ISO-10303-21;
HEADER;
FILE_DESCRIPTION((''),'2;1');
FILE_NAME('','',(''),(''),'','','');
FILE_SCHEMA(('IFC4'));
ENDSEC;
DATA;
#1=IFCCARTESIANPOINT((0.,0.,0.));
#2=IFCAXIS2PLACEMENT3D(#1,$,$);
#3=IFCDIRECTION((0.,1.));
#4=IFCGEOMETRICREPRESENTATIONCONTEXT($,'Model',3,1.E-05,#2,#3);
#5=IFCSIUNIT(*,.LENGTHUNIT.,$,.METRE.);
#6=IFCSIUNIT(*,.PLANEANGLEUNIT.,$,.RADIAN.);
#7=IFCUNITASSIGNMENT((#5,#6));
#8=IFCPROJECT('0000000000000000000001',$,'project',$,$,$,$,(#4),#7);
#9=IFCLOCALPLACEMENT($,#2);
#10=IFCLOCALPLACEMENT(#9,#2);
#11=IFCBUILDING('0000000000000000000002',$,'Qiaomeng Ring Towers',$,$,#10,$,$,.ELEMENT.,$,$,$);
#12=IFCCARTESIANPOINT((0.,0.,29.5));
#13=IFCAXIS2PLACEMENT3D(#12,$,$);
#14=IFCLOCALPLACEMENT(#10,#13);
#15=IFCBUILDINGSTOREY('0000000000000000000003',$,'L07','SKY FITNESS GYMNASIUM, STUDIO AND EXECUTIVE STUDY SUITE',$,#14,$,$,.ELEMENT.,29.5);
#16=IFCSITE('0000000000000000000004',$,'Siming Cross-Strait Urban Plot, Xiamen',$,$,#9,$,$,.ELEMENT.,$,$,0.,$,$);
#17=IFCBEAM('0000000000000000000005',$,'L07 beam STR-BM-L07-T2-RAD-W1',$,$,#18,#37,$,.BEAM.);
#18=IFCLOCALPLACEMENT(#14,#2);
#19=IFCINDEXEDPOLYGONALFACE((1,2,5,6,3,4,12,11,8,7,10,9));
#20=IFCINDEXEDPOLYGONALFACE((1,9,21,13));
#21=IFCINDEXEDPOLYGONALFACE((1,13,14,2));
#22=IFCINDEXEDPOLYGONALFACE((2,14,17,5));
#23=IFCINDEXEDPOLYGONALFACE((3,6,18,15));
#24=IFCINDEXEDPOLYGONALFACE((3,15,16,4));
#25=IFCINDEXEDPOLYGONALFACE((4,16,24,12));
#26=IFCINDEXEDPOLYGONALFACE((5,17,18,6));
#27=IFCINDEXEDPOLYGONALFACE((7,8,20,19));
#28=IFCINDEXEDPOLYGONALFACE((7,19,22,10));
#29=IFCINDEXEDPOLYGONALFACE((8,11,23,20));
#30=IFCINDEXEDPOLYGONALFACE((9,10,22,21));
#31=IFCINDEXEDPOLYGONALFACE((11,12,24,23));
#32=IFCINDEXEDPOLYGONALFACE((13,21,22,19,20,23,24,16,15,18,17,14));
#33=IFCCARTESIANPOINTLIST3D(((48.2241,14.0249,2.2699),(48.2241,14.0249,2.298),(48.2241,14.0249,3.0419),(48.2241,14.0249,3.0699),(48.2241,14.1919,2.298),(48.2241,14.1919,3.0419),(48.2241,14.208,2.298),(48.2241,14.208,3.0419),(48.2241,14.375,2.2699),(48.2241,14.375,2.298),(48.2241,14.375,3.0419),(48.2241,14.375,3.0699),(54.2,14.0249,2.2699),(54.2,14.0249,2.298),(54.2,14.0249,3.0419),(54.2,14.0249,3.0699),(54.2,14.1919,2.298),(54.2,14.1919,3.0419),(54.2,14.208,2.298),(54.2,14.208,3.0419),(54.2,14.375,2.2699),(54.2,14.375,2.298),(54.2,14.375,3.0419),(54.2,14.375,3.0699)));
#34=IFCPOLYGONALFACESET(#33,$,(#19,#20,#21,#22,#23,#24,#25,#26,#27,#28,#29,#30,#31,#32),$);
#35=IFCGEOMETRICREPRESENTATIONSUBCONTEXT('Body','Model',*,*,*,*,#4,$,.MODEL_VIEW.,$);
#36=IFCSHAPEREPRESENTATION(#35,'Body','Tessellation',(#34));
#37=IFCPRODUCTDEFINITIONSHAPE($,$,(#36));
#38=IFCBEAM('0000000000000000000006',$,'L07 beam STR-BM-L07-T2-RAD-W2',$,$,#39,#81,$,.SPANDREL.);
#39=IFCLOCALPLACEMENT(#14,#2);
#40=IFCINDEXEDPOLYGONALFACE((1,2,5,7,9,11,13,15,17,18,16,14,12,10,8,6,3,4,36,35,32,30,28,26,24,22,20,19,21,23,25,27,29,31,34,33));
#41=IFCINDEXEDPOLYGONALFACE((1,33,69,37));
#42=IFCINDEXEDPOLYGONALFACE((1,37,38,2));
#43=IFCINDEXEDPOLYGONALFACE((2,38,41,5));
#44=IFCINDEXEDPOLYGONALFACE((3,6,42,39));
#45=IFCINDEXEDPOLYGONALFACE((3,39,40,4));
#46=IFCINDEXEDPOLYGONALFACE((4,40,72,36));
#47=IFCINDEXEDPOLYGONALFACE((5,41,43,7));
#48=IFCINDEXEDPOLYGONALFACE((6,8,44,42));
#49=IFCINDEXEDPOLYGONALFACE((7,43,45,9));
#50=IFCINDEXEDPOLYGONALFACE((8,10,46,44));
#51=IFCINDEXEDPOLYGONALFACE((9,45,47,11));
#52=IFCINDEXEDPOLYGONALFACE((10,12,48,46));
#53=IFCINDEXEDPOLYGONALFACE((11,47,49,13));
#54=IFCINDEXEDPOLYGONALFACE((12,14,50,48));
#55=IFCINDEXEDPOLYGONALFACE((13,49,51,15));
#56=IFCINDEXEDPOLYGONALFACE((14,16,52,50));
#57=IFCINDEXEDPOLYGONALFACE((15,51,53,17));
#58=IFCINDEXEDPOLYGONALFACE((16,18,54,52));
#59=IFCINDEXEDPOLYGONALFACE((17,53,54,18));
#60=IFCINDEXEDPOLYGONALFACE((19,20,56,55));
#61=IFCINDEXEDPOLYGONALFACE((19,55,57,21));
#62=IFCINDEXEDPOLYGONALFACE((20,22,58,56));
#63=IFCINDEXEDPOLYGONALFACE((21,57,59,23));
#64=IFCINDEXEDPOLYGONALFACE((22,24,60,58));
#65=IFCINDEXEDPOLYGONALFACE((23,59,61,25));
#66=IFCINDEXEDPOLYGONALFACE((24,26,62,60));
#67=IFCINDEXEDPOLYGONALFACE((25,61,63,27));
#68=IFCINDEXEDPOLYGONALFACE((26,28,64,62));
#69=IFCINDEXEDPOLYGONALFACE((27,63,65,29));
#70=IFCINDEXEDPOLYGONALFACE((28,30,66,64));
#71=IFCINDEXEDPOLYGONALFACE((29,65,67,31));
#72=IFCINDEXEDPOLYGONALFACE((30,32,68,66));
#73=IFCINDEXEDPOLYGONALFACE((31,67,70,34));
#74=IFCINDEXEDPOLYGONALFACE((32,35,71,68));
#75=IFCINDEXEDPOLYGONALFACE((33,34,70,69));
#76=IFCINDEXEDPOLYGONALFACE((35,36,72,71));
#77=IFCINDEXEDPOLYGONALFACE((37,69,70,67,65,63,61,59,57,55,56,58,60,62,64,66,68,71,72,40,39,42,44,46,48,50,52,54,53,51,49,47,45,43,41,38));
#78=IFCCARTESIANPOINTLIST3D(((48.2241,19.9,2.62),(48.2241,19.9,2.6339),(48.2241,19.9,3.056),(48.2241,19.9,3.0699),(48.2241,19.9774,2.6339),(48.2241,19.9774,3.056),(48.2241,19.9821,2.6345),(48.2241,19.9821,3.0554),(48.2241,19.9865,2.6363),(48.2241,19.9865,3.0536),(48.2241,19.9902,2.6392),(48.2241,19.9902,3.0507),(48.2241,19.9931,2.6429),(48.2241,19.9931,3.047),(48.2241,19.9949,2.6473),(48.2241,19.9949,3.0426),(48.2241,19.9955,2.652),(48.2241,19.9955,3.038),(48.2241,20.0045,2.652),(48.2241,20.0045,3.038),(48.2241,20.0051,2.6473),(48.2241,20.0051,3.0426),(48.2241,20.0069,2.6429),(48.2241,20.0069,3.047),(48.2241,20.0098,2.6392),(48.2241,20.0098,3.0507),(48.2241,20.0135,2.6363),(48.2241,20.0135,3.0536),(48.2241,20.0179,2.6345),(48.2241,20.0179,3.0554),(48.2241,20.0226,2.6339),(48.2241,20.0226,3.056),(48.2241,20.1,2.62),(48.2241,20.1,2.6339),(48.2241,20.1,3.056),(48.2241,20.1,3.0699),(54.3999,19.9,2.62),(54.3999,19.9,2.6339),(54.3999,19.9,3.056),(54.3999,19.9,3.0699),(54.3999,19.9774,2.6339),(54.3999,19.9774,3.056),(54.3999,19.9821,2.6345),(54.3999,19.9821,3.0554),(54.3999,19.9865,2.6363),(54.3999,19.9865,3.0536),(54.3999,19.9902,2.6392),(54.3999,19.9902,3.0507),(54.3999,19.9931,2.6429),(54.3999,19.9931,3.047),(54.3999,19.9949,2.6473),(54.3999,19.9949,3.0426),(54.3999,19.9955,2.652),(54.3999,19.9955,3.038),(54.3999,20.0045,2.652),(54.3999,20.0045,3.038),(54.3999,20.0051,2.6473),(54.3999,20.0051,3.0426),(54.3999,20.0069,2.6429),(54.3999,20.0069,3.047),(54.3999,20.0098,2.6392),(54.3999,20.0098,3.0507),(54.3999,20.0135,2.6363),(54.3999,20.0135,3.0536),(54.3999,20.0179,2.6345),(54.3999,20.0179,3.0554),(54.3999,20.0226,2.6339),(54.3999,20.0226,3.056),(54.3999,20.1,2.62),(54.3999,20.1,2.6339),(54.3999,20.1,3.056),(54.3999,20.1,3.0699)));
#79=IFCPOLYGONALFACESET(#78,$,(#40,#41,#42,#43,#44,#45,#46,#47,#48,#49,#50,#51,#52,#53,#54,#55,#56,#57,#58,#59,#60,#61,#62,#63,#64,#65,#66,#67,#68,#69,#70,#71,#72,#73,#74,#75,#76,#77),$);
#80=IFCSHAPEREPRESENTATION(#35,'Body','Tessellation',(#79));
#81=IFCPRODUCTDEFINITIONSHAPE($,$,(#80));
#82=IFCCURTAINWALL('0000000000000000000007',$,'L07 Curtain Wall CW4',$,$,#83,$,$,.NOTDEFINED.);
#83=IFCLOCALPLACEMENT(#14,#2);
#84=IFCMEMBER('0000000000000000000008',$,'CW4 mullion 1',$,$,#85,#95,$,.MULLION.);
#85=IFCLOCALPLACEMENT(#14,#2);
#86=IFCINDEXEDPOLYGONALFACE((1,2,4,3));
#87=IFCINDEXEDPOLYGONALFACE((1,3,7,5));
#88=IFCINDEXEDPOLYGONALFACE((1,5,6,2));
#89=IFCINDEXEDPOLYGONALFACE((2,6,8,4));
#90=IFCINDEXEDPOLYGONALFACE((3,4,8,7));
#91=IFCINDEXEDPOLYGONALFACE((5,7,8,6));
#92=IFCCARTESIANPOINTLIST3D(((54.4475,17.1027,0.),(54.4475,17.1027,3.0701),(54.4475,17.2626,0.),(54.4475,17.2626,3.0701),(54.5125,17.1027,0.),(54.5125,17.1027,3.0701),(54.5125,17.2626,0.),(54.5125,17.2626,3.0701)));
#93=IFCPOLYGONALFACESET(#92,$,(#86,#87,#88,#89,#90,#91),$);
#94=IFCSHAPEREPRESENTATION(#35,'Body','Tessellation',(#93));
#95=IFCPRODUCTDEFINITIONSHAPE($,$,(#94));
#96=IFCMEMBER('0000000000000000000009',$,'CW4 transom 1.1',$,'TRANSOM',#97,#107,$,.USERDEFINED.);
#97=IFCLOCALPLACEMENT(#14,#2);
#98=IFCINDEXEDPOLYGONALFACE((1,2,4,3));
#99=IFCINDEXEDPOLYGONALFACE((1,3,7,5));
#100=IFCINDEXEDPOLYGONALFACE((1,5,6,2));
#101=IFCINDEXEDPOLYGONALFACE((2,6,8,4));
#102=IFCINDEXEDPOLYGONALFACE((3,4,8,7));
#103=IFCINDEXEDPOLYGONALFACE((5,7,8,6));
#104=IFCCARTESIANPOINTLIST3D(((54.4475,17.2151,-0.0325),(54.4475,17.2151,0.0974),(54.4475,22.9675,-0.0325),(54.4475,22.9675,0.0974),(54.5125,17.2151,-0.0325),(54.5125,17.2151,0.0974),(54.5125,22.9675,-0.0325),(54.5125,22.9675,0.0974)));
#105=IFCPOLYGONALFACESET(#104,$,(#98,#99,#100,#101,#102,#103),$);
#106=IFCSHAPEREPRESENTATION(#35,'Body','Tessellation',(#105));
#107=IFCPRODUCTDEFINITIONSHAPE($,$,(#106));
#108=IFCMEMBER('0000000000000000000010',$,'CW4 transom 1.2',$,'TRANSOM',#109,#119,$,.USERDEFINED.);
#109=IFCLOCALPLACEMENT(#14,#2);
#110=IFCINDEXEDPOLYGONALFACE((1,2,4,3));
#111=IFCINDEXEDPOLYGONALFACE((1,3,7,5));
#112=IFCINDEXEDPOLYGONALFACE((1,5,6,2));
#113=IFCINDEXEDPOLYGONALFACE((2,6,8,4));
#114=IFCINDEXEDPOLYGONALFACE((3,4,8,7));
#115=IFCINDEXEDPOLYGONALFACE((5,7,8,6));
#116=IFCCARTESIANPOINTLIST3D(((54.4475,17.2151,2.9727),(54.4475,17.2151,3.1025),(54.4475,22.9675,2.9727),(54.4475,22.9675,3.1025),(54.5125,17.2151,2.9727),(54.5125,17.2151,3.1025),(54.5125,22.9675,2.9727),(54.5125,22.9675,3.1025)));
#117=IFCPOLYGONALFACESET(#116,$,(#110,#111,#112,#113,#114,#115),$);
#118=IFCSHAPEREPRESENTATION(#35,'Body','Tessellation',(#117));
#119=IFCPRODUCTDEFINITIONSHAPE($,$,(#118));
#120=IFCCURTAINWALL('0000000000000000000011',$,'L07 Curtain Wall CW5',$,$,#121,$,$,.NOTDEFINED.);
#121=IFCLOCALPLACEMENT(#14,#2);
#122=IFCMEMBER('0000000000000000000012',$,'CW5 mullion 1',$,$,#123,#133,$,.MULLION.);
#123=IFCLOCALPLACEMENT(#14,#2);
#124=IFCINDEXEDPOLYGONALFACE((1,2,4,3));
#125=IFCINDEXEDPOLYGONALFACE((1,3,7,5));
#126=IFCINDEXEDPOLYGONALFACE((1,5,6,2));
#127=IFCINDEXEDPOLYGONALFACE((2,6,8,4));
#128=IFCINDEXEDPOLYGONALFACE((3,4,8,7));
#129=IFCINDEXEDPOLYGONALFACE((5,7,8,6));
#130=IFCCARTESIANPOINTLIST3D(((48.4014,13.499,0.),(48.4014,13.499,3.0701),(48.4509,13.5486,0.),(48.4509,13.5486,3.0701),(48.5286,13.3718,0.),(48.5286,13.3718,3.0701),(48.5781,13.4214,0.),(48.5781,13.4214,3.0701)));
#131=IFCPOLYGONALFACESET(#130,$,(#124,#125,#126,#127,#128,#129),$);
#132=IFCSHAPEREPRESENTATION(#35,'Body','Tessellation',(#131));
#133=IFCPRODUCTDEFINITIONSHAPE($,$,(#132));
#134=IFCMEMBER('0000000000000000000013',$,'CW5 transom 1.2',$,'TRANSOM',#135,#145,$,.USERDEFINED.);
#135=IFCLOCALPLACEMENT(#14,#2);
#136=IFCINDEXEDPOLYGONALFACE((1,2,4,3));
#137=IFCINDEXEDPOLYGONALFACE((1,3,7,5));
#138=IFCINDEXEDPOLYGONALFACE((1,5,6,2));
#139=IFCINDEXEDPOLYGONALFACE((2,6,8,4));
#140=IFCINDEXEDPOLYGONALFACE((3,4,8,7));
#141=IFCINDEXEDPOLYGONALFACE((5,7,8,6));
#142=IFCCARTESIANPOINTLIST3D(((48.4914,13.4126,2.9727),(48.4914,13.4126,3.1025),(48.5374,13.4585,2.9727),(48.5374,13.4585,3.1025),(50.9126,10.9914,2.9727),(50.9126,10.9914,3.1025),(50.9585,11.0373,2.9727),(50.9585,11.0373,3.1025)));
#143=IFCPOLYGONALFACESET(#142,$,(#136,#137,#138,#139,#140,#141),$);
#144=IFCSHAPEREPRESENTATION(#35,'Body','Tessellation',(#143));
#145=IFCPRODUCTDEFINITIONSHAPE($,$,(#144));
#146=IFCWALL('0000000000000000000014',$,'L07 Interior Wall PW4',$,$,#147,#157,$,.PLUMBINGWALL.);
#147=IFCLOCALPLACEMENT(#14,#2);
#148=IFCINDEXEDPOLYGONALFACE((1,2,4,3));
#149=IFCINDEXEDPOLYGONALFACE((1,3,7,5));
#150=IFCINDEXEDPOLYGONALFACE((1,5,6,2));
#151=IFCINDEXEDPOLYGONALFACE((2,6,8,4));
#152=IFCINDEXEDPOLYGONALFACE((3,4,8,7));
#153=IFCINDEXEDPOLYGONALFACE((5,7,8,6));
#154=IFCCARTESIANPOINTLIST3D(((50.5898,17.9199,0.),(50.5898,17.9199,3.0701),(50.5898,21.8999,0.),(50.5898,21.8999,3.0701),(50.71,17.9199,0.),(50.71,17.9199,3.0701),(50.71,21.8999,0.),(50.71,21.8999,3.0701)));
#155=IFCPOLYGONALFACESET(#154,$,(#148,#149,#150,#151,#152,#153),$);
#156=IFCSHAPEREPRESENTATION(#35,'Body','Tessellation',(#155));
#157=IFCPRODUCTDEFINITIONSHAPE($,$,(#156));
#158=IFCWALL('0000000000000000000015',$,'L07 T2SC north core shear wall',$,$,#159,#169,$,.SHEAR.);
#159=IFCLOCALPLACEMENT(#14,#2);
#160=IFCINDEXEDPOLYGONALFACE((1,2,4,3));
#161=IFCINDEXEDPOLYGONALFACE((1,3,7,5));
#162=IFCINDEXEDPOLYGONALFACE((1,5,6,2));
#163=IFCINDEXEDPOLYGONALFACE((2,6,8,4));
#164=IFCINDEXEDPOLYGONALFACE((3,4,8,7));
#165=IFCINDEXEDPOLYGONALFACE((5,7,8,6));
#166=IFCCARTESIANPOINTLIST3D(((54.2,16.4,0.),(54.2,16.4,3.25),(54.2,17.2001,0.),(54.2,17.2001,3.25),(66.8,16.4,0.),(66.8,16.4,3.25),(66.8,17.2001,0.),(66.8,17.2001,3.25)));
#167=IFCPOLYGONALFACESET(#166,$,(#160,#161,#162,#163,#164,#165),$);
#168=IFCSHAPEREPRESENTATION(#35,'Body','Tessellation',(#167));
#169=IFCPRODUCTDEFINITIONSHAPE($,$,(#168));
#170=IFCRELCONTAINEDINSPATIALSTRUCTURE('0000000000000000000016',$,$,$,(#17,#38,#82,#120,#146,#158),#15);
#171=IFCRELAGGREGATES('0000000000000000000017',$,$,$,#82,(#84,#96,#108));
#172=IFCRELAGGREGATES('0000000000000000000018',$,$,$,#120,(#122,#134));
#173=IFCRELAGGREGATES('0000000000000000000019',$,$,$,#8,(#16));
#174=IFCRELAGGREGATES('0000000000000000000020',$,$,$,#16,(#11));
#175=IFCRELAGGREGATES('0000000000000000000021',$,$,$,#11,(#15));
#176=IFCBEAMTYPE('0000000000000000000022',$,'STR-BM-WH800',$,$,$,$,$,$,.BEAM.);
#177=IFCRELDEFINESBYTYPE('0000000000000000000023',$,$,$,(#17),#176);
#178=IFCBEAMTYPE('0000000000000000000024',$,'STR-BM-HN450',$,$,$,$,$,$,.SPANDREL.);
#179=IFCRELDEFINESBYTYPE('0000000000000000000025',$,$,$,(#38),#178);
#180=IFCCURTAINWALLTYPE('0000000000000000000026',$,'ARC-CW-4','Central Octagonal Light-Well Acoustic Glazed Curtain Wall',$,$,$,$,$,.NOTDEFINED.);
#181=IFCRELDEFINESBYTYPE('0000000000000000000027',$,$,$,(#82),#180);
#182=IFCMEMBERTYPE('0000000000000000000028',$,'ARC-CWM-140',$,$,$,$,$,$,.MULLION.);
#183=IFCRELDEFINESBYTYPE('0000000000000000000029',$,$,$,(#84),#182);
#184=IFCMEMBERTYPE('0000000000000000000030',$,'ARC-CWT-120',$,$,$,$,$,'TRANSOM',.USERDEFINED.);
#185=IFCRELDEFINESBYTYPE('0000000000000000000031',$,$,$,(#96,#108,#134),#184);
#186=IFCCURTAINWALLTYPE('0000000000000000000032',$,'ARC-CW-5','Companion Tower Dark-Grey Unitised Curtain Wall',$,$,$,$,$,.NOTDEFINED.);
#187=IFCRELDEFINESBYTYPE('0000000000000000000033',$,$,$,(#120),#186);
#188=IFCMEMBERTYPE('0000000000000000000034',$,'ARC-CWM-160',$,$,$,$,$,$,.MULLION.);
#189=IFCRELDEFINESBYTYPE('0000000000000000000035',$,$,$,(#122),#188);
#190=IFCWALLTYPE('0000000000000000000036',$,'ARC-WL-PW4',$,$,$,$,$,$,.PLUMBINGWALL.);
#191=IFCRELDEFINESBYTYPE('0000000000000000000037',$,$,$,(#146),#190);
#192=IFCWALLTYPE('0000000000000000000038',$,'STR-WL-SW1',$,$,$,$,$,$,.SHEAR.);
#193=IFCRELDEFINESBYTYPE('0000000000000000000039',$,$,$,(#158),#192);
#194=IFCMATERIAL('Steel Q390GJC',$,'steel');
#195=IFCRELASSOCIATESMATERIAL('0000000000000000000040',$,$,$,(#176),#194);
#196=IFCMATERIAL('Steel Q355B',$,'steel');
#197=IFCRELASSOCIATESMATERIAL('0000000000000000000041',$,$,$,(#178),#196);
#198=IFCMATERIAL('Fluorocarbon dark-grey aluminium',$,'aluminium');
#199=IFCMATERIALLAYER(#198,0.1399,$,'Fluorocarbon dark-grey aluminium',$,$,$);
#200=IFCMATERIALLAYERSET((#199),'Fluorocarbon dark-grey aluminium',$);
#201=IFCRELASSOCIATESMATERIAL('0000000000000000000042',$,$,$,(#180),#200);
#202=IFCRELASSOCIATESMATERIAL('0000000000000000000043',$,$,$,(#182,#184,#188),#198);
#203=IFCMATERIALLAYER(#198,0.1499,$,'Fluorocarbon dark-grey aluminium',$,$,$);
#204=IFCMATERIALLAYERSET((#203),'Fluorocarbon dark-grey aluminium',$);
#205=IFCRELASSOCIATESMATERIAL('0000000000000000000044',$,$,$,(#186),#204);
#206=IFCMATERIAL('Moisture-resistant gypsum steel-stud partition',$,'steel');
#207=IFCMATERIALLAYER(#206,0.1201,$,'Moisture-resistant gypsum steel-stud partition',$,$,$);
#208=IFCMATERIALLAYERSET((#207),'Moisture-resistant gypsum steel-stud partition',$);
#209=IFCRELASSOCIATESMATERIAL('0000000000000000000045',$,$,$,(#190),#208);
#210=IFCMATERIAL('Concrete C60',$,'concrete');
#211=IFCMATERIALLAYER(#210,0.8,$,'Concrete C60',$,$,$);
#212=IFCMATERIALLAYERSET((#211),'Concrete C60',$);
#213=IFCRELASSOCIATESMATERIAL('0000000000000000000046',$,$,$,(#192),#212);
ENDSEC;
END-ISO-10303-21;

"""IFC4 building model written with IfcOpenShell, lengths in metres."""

from ifc_helpers import new_model, si_unit, direction, frame, frame_2d, origin, origin_2d, place, context, subcontext, project, spatial, rectangle, i_section, extrude, source, transform, mapped, material, layer, layer_set, material_profile, profile_set, type_object, element, aggregate, save


model = new_model("IFC4")

# Units and contexts
model_context = context("Model", 3, precision=1e-05, world=origin(), true_north=direction((0.0, 1.0)))
body_context = subcontext(model_context, "Body", "Model", "MODEL_VIEW")
ifc_project = project(units=[si_unit("LENGTHUNIT", "METRE"), si_unit("PLANEANGLEUNIT", "RADIAN")], contexts=[model_context])

# Site, building, storey
site_placement = place(None, origin())
site = spatial("IfcSite", under=ifc_project, at=site_placement, Name="Siming Cross-Strait Urban Plot, Xiamen", CompositionType="ELEMENT", RefElevation=0.0)
building_placement = place(site_placement, origin())
building = spatial("IfcBuilding", under=site, at=building_placement, Name="Qiaomeng Ring Towers", CompositionType="ELEMENT")
storey_placement = place(building_placement, frame((0.0, 0.0, 29.5)))
storey = spatial("IfcBuildingStorey", under=building, at=storey_placement, Name="L07", Description="SKY FITNESS GYMNASIUM, STUDIO AND EXECUTIVE STUDY SUITE", CompositionType="ELEMENT", Elevation=29.5)

# Shared definitions
ifc_material_1 = material(Name="Concrete C60", Category="concrete")

# Beams
ifc_material_2 = material(Name="Steel Q355B", Category="steel")
ifc_material_3 = material(Name="Steel Q390GJC", Category="steel")
ifc_material_profile_1 = material_profile(ifc_material_3, i_section(OverallWidth=0.3501, OverallDepth=0.8, WebThickness=0.0161, FlangeThickness=0.0281, at=origin_2d()), Name="WH 800x350x16x28")
ifc_profile_set_1 = profile_set([ifc_material_profile_1], Name="Steel Q390GJC")
beam_type_1 = type_object("IfcBeamType", Name="STR-BM-WH800", PredefinedType="BEAM", material=ifc_profile_set_1)
shared_shape_1 = source(origin(), body_context, "Body", "SweptSolid", [
    extrude(i_section(OverallWidth=0.3501, OverallDepth=0.8, WebThickness=0.0161, FlangeThickness=0.0281, at=origin_2d()), origin(), (0.0, 0.0, 1.0), 5.9758),
])
beam_1_placement = place(storey_placement, frame((48.2241, 14.2, 2.6699), z_axis=(1.0, 0.0, 0.0), x_axis=(0.0, 1.0, 0.0)))
element("IfcBeam", 1, at=beam_1_placement, inside=storey, type_object=beam_type_1, Name="L07 beam STR-BM-L07-T2-RAD-W1", PredefinedType="BEAM", context=body_context, shape_type="MappedRepresentation", body=[
    mapped(shared_shape_1, transform((0.0, 0.0, 0.0), x_axis=(1.0, 0.0, 0.0), y_axis=(0.0, 1.0, 0.0), z_axis=(0.0, 0.0, 1.0), scale=1.0)),
])
ifc_material_profile_2 = material_profile(ifc_material_2, i_section(OverallWidth=0.2, OverallDepth=0.45, WebThickness=0.009, FlangeThickness=0.0139, FilletRadius=0.0181, at=origin_2d()), Name="HN 450x200x9x14")
ifc_profile_set_2 = profile_set([ifc_material_profile_2], Name="Steel Q355B")
beam_type_2 = type_object("IfcBeamType", Name="STR-BM-HN450", PredefinedType="SPANDREL", material=ifc_profile_set_2)
shared_shape_2 = source(origin(), body_context, "Body", "SweptSolid", [
    extrude(i_section(OverallWidth=0.2, OverallDepth=0.45, WebThickness=0.009, FlangeThickness=0.0139, FilletRadius=0.0181, at=origin_2d()), origin(), (0.0, 0.0, 1.0), 6.1758),
])
beam_2_placement = place(storey_placement, frame((48.2241, 20.0, 2.845), z_axis=(1.0, 0.0, 0.0), x_axis=(0.0, 1.0, 0.0)))
element("IfcBeam", 2, at=beam_2_placement, inside=storey, type_object=beam_type_2, Name="L07 beam STR-BM-L07-T2-RAD-W2", PredefinedType="SPANDREL", context=body_context, shape_type="MappedRepresentation", body=[
    mapped(shared_shape_2, transform((0.0, 0.0, 0.0), x_axis=(1.0, 0.0, 0.0), y_axis=(0.0, 1.0, 0.0), z_axis=(0.0, 0.0, 1.0), scale=1.0)),
])

# Curtain walls, members
ifc_material_4 = material(Name="Fluorocarbon dark-grey aluminium", Category="aluminium")
ifc_layer_1 = layer(ifc_material_4, 0.1399, Name="Fluorocarbon dark-grey aluminium")
ifc_layer_set_1 = layer_set([ifc_layer_1], Name="Fluorocarbon dark-grey aluminium")
curtain_wall_type_1 = type_object("IfcCurtainWallType", Name="ARC-CW-4", Description="Central Octagonal Light-Well Acoustic Glazed Curtain Wall", PredefinedType="NOTDEFINED", material=ifc_layer_set_1)
curtain_wall_1_placement = place(storey_placement, origin())
curtain_wall_1 = element("IfcCurtainWall", 3, at=curtain_wall_1_placement, inside=storey, type_object=curtain_wall_type_1, Name="L07 Curtain Wall CW4", PredefinedType="NOTDEFINED")
ifc_material_profile_3 = material_profile(ifc_material_4, rectangle(XDim=0.0649, YDim=0.1599, at=origin_2d()), Name="ALU MULL 65x160")
ifc_profile_set_3 = profile_set([ifc_material_profile_3], Name="Fluorocarbon dark-grey aluminium")
member_type_1 = type_object("IfcMemberType", Name="ARC-CWM-140", PredefinedType="MULLION", material=ifc_profile_set_3)
shared_shape_3 = source(origin(), body_context, "Body", "SweptSolid", [
    extrude(rectangle(XDim=0.0649, YDim=0.1599, at=origin_2d()), origin(), (0.0, 0.0, 1.0), 3.0701),
])
member_1_placement = place(storey_placement, frame((54.48, 17.1826, 0.0), z_axis=(0.0, 0.0, 1.0), x_axis=(-1.0, 0.0, 0.0)))
member_1 = element("IfcMember", 4, at=member_1_placement, type_object=member_type_1, Name="CW4 mullion 1", PredefinedType="MULLION", context=body_context, shape_type="MappedRepresentation", body=[
    mapped(shared_shape_3, transform((0.0, 0.0, 0.0), x_axis=(1.0, 0.0, 0.0), y_axis=(0.0, 1.0, 0.0), z_axis=(0.0, 0.0, 1.0), scale=1.0)),
])
ifc_material_profile_4 = material_profile(ifc_material_4, rectangle(XDim=0.0649, YDim=0.1299, at=origin_2d()), Name="ALU TRAN 65x130")
ifc_profile_set_4 = profile_set([ifc_material_profile_4], Name="Fluorocarbon dark-grey aluminium")
member_type_2 = type_object("IfcMemberType", Name="ARC-CWT-120", ElementType="TRANSOM", PredefinedType="USERDEFINED", material=ifc_profile_set_4)
shared_shape_4 = source(origin(), body_context, "Body", "SweptSolid", [
    extrude(rectangle(XDim=0.0649, YDim=0.1299, at=origin_2d()), origin(), (0.0, 0.0, 1.0), 5.7524),
])
member_2_placement = place(storey_placement, frame((54.48, 17.2151, 0.0325), z_axis=(0.0, 1.0, 0.0), x_axis=(-1.0, 0.0, 0.0)))
member_2 = element("IfcMember", 5, at=member_2_placement, type_object=member_type_2, Name="CW4 transom 1.1", ObjectType="TRANSOM", PredefinedType="USERDEFINED", context=body_context, shape_type="MappedRepresentation", body=[
    mapped(shared_shape_4, transform((0.0, 0.0, 0.0), x_axis=(1.0, 0.0, 0.0), y_axis=(0.0, 1.0, 0.0), z_axis=(0.0, 0.0, 1.0), scale=1.0)),
])
member_3_placement = place(storey_placement, frame((54.48, 17.2151, 3.0376), z_axis=(0.0, 1.0, 0.0), x_axis=(-1.0, 0.0, 0.0)))
member_3 = element("IfcMember", 6, at=member_3_placement, type_object=member_type_2, Name="CW4 transom 1.2", ObjectType="TRANSOM", PredefinedType="USERDEFINED", context=body_context, shape_type="MappedRepresentation", body=[
    mapped(shared_shape_4, transform((0.0, 0.0, 0.0), x_axis=(1.0, 0.0, 0.0), y_axis=(0.0, 1.0, 0.0), z_axis=(0.0, 0.0, 1.0), scale=1.0)),
])
aggregate(curtain_wall_1, [member_1, member_2, member_3])
ifc_layer_2 = layer(ifc_material_4, 0.1499, Name="Fluorocarbon dark-grey aluminium")
ifc_layer_set_2 = layer_set([ifc_layer_2], Name="Fluorocarbon dark-grey aluminium")
curtain_wall_type_2 = type_object("IfcCurtainWallType", Name="ARC-CW-5", Description="Companion Tower Dark-Grey Unitised Curtain Wall", PredefinedType="NOTDEFINED", material=ifc_layer_set_2)
curtain_wall_2_placement = place(storey_placement, origin())
curtain_wall_2 = element("IfcCurtainWall", 7, at=curtain_wall_2_placement, inside=storey, type_object=curtain_wall_type_2, Name="L07 Curtain Wall CW5", PredefinedType="NOTDEFINED")
ifc_material_profile_5 = material_profile(ifc_material_4, rectangle(XDim=0.0701, YDim=0.1799, at=origin_2d()), Name="ALU MULL 70x180")
ifc_profile_set_5 = profile_set([ifc_material_profile_5], Name="Fluorocarbon dark-grey aluminium")
member_type_3 = type_object("IfcMemberType", Name="ARC-CWM-160", PredefinedType="MULLION", material=ifc_profile_set_5)
shared_shape_5 = source(origin(), body_context, "Body", "SweptSolid", [
    extrude(rectangle(XDim=0.0701, YDim=0.1799, at=origin_2d()), origin(), (0.0, 0.0, 1.0), 3.0701),
])
member_4_placement = place(storey_placement, frame((48.4897, 13.4602, 0.0), z_axis=(0.0, 0.0, 1.0), x_axis=(0.707107, 0.707107, 0.0)))
member_4 = element("IfcMember", 8, at=member_4_placement, type_object=member_type_3, Name="CW5 mullion 1", PredefinedType="MULLION", context=body_context, shape_type="MappedRepresentation", body=[
    mapped(shared_shape_5, transform((0.0, 0.0, 0.0), x_axis=(1.0, 0.0, 0.0), y_axis=(0.0, 1.0, 0.0), z_axis=(0.0, 0.0, 1.0), scale=1.0)),
])
shared_shape_6 = source(origin(), body_context, "Body", "SweptSolid", [
    extrude(rectangle(XDim=0.0649, YDim=0.1299, at=origin_2d()), origin(), (0.0, 0.0, 1.0), 3.4241),
])
member_5_placement = place(storey_placement, frame((48.5144, 13.4355, 3.0376), z_axis=(0.707107, -0.707107, 0.0), x_axis=(0.707107, 0.707107, 0.0)))
member_5 = element("IfcMember", 9, at=member_5_placement, type_object=member_type_2, Name="CW5 transom 1.2", ObjectType="TRANSOM", PredefinedType="USERDEFINED", context=body_context, shape_type="MappedRepresentation", body=[
    mapped(shared_shape_6, transform((0.0, 0.0, 0.0), x_axis=(1.0, 0.0, 0.0), y_axis=(0.0, 1.0, 0.0), z_axis=(0.0, 0.0, 1.0), scale=1.0)),
])
aggregate(curtain_wall_2, [member_4, member_5])

# Walls
ifc_material_5 = material(Name="Moisture-resistant gypsum steel-stud partition", Category="steel")
ifc_layer_3 = layer(ifc_material_5, 0.1201, Name="Moisture-resistant gypsum steel-stud partition")
ifc_layer_set_3 = layer_set([ifc_layer_3], Name="Moisture-resistant gypsum steel-stud partition")
wall_type_1 = type_object("IfcWallType", Name="ARC-WL-PW4", PredefinedType="PLUMBINGWALL", material=ifc_layer_set_3)
wall_1_placement = place(storey_placement, frame((50.6499, 17.9199, 0.0), z_axis=(0.0, 0.0, 1.0), x_axis=(0.0, 1.0, 0.0)))
element("IfcWall", 10, at=wall_1_placement, inside=storey, type_object=wall_type_1, Name="L07 Interior Wall PW4", PredefinedType="PLUMBINGWALL", context=body_context, shape_type="SweptSolid", body=[
    extrude(rectangle(XDim=3.98, YDim=0.1201, at=frame_2d((1.99, 0.0))), origin(), (0.0, 0.0, 1.0), 3.0701),
])
ifc_layer_4 = layer(ifc_material_1, 0.8, Name="Concrete C60")
ifc_layer_set_4 = layer_set([ifc_layer_4], Name="Concrete C60")
wall_type_2 = type_object("IfcWallType", Name="STR-WL-SW1", PredefinedType="SHEAR", material=ifc_layer_set_4)
wall_2_placement = place(storey_placement, frame((54.2, 16.8, 0.0), z_axis=(0.0, 0.0, 1.0), x_axis=(1.0, 0.0, 0.0)))
element("IfcWall", 11, at=wall_2_placement, inside=storey, type_object=wall_type_2, Name="L07 T2SC north core shear wall", PredefinedType="SHEAR", context=body_context, shape_type="SweptSolid", body=[
    extrude(rectangle(XDim=12.6001, YDim=0.8, at=frame_2d((6.3, 0.0))), origin(), (0.0, 0.0, 1.0), 3.25),
])

save(model, "model.ifc")
